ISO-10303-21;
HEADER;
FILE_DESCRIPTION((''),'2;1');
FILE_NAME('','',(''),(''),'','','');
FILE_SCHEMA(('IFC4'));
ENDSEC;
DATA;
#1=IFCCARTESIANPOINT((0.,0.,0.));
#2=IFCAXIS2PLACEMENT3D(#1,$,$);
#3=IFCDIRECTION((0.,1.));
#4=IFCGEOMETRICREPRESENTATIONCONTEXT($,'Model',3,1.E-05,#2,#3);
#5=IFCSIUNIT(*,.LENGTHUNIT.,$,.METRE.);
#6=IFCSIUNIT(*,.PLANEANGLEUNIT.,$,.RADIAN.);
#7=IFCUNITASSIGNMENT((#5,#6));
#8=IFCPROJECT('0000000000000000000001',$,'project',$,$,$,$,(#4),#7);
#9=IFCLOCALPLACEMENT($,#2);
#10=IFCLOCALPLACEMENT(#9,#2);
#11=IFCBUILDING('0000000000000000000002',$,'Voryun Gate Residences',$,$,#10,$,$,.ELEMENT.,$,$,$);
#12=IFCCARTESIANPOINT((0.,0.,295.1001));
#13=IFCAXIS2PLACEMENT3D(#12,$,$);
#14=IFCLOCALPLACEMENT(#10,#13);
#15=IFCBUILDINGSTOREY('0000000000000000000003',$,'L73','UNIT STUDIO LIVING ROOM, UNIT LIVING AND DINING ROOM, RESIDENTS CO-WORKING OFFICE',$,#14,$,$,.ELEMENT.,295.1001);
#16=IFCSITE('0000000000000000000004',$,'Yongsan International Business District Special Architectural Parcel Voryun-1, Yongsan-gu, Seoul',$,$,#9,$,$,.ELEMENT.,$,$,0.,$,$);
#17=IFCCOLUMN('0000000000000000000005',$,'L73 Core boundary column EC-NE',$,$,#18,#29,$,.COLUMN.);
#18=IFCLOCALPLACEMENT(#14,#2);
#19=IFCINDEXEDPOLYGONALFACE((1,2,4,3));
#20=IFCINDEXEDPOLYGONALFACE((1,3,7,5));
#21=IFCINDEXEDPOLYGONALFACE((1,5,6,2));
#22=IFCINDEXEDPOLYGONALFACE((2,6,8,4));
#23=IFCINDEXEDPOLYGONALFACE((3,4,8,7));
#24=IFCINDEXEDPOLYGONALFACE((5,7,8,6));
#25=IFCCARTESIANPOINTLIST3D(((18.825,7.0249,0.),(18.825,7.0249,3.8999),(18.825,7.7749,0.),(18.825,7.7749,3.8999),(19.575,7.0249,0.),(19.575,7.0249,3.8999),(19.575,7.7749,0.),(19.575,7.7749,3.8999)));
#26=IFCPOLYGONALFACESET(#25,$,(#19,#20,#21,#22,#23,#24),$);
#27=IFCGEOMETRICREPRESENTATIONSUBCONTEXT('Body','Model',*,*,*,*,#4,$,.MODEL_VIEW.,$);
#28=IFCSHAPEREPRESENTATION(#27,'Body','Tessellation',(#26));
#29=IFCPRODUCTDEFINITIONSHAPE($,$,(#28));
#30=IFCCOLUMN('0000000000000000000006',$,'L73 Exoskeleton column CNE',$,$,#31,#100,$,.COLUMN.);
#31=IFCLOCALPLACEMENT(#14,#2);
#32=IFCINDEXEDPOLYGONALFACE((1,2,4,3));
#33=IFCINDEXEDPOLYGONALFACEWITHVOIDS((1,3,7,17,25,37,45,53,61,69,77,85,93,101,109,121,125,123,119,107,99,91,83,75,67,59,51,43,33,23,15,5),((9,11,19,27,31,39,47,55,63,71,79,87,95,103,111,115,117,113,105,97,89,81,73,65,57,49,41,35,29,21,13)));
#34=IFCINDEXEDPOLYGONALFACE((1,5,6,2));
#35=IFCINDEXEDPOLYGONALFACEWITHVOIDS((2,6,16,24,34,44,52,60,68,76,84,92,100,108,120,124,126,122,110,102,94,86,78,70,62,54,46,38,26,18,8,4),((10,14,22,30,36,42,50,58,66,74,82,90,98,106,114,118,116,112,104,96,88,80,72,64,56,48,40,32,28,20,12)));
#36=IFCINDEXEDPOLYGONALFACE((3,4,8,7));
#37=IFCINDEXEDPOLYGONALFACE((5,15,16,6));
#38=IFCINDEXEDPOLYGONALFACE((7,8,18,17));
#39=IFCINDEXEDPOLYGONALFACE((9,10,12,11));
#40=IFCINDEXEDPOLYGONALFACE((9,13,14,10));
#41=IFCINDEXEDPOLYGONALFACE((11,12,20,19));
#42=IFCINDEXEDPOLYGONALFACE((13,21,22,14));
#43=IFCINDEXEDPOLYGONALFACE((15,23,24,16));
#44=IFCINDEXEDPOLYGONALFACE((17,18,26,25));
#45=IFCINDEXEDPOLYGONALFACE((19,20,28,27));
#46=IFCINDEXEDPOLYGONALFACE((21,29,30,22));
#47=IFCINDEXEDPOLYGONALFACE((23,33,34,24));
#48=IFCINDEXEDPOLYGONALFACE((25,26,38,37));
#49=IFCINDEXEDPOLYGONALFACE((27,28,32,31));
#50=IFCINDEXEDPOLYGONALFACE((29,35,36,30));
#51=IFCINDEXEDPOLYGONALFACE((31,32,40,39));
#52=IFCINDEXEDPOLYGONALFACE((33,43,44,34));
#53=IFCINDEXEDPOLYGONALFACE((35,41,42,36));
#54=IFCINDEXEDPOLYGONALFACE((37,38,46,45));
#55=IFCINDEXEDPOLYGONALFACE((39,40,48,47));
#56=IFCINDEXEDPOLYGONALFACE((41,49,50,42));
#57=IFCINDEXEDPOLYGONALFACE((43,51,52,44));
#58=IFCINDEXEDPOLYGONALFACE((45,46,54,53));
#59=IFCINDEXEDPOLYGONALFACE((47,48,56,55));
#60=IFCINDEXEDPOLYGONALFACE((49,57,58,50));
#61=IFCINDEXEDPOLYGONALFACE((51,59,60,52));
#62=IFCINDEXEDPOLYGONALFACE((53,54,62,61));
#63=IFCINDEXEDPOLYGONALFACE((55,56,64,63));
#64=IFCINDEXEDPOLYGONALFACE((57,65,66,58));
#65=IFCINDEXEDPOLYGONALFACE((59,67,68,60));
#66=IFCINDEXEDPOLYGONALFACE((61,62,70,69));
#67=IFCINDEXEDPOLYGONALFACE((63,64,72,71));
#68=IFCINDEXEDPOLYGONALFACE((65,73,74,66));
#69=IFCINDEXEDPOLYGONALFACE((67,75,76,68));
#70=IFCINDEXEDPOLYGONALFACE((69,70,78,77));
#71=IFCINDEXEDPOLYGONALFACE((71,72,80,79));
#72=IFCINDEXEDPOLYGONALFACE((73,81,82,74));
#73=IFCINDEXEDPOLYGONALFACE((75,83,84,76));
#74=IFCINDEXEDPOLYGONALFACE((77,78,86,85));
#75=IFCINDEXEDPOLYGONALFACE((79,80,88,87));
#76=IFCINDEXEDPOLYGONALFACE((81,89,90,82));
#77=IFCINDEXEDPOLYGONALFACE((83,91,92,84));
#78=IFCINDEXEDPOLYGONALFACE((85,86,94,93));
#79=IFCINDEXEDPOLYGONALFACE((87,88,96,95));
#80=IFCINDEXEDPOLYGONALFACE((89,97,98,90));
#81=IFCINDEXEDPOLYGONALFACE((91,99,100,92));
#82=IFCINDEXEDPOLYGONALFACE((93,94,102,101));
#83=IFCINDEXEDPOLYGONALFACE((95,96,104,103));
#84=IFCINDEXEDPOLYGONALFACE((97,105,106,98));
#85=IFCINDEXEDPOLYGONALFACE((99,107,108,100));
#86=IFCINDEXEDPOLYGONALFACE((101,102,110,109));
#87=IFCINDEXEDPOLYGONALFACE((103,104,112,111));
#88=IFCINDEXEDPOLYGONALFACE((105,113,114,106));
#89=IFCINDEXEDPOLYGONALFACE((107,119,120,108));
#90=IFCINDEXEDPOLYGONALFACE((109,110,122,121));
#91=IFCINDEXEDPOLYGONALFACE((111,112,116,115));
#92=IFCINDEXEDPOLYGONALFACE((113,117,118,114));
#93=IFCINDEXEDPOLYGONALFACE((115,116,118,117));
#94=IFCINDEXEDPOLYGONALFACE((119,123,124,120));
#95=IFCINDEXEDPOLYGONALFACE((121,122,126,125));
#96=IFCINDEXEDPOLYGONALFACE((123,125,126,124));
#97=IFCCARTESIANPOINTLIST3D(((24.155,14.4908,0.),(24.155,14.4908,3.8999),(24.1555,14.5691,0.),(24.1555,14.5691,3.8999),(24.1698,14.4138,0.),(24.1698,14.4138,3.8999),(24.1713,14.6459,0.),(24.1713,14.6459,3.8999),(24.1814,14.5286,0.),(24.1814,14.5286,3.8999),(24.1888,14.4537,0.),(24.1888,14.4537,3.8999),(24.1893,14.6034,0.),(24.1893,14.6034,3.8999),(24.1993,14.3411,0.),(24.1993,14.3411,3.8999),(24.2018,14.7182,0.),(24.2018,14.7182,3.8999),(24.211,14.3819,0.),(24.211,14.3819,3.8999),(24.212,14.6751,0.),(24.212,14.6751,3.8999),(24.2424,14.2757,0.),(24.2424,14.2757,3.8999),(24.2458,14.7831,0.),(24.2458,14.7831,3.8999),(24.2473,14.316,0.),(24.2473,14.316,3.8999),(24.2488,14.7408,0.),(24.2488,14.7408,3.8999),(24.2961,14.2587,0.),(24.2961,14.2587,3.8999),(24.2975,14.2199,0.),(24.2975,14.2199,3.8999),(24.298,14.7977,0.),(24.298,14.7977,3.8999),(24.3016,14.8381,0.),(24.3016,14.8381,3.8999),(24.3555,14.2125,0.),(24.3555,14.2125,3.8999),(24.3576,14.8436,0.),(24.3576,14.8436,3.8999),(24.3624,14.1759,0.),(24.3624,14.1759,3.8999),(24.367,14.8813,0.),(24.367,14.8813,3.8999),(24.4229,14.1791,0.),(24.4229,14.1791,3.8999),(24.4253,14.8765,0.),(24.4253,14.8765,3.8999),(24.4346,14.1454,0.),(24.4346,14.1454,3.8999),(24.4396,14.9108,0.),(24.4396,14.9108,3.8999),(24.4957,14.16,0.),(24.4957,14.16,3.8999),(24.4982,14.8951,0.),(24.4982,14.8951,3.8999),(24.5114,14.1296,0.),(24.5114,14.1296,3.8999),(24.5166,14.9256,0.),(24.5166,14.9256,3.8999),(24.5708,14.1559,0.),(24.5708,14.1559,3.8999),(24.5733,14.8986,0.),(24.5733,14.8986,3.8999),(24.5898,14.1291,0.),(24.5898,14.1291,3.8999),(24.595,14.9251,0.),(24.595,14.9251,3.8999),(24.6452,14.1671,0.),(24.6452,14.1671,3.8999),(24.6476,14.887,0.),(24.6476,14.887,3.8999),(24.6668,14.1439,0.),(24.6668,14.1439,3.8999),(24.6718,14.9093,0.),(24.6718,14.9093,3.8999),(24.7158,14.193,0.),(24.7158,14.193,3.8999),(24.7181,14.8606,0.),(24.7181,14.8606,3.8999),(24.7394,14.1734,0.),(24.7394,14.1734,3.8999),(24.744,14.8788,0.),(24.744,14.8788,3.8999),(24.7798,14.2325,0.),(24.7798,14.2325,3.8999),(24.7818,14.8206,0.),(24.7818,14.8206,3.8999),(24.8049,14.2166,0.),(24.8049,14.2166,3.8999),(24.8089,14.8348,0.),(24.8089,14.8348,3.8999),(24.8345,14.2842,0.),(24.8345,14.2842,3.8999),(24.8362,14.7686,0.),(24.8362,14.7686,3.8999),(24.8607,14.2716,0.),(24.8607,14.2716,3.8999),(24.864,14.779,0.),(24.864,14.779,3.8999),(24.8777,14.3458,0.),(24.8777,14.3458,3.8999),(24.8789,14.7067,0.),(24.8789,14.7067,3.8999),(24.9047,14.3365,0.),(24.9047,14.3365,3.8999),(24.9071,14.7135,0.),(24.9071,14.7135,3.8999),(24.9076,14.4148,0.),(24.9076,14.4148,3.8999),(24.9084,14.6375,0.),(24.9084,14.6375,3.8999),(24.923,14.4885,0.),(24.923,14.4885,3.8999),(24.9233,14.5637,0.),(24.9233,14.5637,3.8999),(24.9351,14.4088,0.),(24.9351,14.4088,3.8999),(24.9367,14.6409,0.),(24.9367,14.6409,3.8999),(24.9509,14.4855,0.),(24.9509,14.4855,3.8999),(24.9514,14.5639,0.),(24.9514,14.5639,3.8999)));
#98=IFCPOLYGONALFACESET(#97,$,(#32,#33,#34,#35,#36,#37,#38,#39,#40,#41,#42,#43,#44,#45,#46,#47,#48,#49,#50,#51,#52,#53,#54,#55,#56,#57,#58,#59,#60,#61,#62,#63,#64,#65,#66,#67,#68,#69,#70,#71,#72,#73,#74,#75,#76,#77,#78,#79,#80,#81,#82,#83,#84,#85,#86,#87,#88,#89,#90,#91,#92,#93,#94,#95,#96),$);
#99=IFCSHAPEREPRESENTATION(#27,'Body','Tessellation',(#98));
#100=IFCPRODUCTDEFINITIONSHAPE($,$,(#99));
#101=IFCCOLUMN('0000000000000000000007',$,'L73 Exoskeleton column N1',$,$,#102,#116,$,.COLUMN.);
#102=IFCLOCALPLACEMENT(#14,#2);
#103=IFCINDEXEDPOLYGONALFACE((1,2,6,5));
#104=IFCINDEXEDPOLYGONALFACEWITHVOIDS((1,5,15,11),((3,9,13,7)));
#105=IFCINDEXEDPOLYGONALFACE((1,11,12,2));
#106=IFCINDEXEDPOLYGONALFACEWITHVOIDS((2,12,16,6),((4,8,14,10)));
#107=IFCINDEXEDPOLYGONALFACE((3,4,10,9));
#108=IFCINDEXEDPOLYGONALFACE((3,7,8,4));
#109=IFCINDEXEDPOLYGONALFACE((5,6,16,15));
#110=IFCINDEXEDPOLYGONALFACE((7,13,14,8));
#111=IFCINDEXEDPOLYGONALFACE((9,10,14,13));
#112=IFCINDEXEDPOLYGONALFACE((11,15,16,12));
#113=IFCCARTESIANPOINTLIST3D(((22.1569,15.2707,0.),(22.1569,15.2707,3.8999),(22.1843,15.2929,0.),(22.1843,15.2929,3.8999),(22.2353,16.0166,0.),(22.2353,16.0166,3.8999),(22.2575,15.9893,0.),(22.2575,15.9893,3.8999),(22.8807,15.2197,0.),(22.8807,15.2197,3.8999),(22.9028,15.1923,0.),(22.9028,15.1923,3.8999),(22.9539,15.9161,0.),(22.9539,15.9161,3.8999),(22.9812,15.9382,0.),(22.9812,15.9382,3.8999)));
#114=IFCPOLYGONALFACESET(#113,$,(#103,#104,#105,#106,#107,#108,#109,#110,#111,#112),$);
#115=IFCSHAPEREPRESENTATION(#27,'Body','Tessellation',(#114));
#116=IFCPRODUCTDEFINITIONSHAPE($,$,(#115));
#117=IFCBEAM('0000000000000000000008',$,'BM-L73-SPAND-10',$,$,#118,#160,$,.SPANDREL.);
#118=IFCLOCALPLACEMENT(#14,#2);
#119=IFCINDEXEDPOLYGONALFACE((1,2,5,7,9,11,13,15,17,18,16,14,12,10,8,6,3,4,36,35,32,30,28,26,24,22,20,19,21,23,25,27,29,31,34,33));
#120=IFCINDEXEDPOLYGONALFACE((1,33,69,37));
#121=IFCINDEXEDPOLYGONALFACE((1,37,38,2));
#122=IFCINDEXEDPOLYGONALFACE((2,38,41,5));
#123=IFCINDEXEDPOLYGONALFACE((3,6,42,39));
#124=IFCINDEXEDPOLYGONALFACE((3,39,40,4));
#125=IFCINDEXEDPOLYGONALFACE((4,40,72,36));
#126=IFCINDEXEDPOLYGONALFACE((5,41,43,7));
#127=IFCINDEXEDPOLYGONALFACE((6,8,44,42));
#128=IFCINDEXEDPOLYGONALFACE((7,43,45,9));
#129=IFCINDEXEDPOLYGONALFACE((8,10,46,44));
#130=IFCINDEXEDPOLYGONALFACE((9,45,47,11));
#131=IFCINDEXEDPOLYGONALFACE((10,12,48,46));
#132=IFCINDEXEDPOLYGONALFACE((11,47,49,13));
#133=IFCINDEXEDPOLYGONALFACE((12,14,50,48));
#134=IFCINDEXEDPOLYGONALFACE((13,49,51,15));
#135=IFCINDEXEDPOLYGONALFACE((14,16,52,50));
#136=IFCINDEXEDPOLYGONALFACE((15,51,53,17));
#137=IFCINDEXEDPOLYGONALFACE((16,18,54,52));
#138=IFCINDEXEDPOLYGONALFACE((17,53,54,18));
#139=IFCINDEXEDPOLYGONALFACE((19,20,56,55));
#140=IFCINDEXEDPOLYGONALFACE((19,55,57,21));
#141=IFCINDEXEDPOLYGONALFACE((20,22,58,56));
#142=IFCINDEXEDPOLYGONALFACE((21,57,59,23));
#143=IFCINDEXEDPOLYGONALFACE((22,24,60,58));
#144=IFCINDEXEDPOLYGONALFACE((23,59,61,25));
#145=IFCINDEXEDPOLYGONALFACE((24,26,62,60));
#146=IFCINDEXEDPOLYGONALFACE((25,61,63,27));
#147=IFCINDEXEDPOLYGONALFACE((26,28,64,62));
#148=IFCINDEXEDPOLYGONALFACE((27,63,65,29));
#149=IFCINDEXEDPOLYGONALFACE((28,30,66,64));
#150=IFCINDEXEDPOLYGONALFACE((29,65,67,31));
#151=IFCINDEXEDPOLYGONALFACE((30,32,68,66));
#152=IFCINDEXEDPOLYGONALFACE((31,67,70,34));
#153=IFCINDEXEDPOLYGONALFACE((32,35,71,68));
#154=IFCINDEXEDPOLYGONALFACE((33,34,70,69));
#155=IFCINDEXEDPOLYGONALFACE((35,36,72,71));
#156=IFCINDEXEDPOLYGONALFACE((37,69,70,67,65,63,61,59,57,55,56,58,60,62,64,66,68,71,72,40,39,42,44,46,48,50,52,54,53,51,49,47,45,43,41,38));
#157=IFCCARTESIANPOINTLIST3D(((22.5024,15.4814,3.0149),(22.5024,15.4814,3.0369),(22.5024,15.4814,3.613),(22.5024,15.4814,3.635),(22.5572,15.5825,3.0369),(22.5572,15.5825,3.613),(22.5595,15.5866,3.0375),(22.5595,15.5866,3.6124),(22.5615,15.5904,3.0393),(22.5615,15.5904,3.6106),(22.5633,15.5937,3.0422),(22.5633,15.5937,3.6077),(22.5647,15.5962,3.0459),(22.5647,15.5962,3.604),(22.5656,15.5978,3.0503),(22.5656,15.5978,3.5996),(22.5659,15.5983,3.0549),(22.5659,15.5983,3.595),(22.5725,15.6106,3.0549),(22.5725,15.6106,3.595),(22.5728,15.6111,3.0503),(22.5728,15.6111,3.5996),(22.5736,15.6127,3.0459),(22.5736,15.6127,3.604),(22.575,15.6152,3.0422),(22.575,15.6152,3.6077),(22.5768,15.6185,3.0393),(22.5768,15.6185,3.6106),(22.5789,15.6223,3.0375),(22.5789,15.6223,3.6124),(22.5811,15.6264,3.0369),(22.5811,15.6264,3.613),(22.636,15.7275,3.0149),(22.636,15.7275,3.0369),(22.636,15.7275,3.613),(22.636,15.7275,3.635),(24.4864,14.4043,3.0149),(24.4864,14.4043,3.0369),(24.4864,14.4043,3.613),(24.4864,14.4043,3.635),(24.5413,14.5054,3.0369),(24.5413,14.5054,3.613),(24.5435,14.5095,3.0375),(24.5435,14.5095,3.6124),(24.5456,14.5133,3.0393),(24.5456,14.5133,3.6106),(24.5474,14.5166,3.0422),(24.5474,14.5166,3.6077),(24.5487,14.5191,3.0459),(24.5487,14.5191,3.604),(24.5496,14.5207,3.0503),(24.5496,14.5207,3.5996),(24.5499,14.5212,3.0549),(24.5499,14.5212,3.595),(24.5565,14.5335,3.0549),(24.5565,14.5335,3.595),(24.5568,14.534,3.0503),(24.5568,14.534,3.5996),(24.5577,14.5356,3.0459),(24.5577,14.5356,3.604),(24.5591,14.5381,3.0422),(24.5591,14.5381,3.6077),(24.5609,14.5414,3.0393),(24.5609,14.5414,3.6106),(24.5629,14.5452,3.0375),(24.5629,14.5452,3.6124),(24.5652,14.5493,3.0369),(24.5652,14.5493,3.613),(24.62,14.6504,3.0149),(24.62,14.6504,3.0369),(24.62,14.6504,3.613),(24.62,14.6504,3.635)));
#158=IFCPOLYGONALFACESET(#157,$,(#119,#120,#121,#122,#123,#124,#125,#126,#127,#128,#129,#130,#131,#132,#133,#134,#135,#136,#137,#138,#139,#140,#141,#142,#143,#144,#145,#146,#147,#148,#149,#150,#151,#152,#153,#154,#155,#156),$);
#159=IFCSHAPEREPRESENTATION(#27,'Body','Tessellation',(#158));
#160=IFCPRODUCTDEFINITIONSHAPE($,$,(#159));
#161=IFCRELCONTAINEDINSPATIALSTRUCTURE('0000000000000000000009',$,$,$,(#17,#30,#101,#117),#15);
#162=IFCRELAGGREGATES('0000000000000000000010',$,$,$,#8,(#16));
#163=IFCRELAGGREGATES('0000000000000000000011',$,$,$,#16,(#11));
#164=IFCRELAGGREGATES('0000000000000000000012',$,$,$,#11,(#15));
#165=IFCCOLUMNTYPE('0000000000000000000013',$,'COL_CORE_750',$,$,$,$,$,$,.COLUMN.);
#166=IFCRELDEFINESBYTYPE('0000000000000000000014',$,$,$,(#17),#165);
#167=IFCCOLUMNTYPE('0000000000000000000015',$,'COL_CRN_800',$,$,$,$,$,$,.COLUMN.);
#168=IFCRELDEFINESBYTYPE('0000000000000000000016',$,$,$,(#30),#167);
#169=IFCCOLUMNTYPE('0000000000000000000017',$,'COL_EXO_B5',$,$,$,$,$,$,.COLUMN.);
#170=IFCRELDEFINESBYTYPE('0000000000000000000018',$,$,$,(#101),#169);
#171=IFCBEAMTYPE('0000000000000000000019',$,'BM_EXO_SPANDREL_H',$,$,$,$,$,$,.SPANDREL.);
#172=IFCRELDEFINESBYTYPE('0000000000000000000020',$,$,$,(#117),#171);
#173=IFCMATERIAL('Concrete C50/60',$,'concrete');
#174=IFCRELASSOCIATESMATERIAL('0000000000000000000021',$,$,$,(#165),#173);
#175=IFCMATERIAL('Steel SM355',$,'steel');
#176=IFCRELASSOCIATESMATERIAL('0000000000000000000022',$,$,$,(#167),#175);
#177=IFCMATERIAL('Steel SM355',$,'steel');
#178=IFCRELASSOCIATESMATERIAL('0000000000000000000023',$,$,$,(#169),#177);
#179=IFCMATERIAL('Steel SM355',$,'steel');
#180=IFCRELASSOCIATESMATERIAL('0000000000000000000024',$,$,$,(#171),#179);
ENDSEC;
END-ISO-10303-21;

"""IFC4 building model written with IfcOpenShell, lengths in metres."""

from ifc_helpers import new_model, si_unit, direction, frame, origin, origin_2d, place, context, subcontext, project, spatial, rectangle, hollow_rectangle, hollow_circle, i_section, extrude, material, material_profile, profile_set, type_object, element, save


model = new_model("IFC4")

# Units and contexts
model_context = context("Model", 3, precision=1e-05, world=origin(), true_north=direction((0.0, 1.0)))
body_context = subcontext(model_context, "Body", "Model", "MODEL_VIEW")
ifc_project = project(units=[si_unit("LENGTHUNIT", "METRE"), si_unit("PLANEANGLEUNIT", "RADIAN")], contexts=[model_context])

# Site, building, storey
site_placement = place(None, origin())
site = spatial("IfcSite", under=ifc_project, at=site_placement, Name="Yongsan International Business District Special Architectural Parcel Voryun-1, Yongsan-gu, Seoul", CompositionType="ELEMENT", RefElevation=0.0)
building_placement = place(site_placement, origin())
building = spatial("IfcBuilding", under=site, at=building_placement, Name="Voryun Gate Residences", CompositionType="ELEMENT")
storey_placement = place(building_placement, frame((0.0, 0.0, 295.1001)))
storey = spatial("IfcBuildingStorey", under=building, at=storey_placement, Name="L73", Description="UNIT STUDIO LIVING ROOM, UNIT LIVING AND DINING ROOM, RESIDENTS CO-WORKING OFFICE", CompositionType="ELEMENT", Elevation=295.1001)

# Columns
ifc_material_1 = material(Name="Concrete C50/60", Category="concrete")
ifc_material_profile_1 = material_profile(ifc_material_1, rectangle(XDim=0.75, YDim=0.75, at=origin_2d()), Name="RC-750x750")
ifc_profile_set_1 = profile_set([ifc_material_profile_1], Name="Concrete C50/60")
column_type_1 = type_object("IfcColumnType", Name="COL_CORE_750", PredefinedType="COLUMN", material=ifc_profile_set_1)
column_1_placement = place(storey_placement, frame((19.2, 7.3999, 0.0), z_axis=(0.0, 0.0, 1.0), x_axis=(1.0, 0.0, 0.0)))
element("IfcColumn", 1, at=column_1_placement, inside=storey, type_object=column_type_1, Name="L73 Core boundary column EC-NE", PredefinedType="COLUMN", context=body_context, shape_type="SweptSolid", body=[
    extrude(rectangle(XDim=0.75, YDim=0.75, at=origin_2d()), origin(), (0.0, 0.0, 1.0), 3.8999),
])
ifc_material_2 = material(Name="Steel SM355", Category="steel")
ifc_material_profile_2 = material_profile(ifc_material_2, hollow_circle(Radius=0.3999, WallThickness=0.0281, at=origin_2d()), Name="CHS-800x28")
ifc_profile_set_2 = profile_set([ifc_material_profile_2], Name="Steel SM355")
column_type_2 = type_object("IfcColumnType", Name="COL_CRN_800", PredefinedType="COLUMN", material=ifc_profile_set_2)
column_2_placement = place(storey_placement, frame((24.5532, 14.5273, 0.0), z_axis=(0.0, 0.0, 1.0), x_axis=(0.994522, -0.104528, 0.0)))
element("IfcColumn", 2, at=column_2_placement, inside=storey, type_object=column_type_2, Name="L73 Exoskeleton column CNE", PredefinedType="COLUMN", context=body_context, shape_type="SweptSolid", body=[
    extrude(hollow_circle(Radius=0.3999, WallThickness=0.0281, at=origin_2d()), origin(), (0.0, 0.0, 1.0), 3.8999),
])
ifc_material_3 = material(Name="Steel SM355", Category="steel")
ifc_material_profile_3 = material_profile(ifc_material_3, hollow_rectangle(XDim=0.75, YDim=0.75, WallThickness=0.0249, at=origin_2d()), Name="BOX-750x750x25")
ifc_profile_set_3 = profile_set([ifc_material_profile_3], Name="Steel SM355")
column_type_3 = type_object("IfcColumnType", Name="COL_EXO_B5", PredefinedType="COLUMN", material=ifc_profile_set_3)
column_3_placement = place(storey_placement, frame((22.5691, 15.6045, 0.0), z_axis=(0.0, 0.0, 1.0), x_axis=(0.994522, -0.104528, 0.0)))
element("IfcColumn", 3, at=column_3_placement, inside=storey, type_object=column_type_3, Name="L73 Exoskeleton column N1", PredefinedType="COLUMN", context=body_context, shape_type="SweptSolid", body=[
    extrude(hollow_rectangle(XDim=0.75, YDim=0.75, WallThickness=0.0249, at=origin_2d()), origin(), (0.0, 0.0, 1.0), 3.8999),
])

# Beam
ifc_material_4 = material(Name="Steel SM355", Category="steel")
ifc_material_profile_4 = material_profile(ifc_material_4, i_section(OverallWidth=0.28, OverallDepth=0.6201, WebThickness=0.0139, FlangeThickness=0.022, FilletRadius=0.0181, at=origin_2d()), Name="H-620x280x14x22")
ifc_profile_set_4 = profile_set([ifc_material_profile_4], Name="Steel SM355")
beam_type_1 = type_object("IfcBeamType", Name="BM_EXO_SPANDREL_H", PredefinedType="SPANDREL", material=ifc_profile_set_4)
beam_1_placement = place(storey_placement, frame((24.5532, 14.5273, 3.325), z_axis=(-0.878844, 0.477109, 0.0), x_axis=(-0.477109, -0.878844, 0.0)))
element("IfcBeam", 4, at=beam_1_placement, inside=storey, type_object=beam_type_1, Name="BM-L73-SPAND-10", PredefinedType="SPANDREL", context=body_context, shape_type="SweptSolid", body=[
    extrude(i_section(OverallWidth=0.28, OverallDepth=0.6201, WebThickness=0.0139, FlangeThickness=0.022, FilletRadius=0.0181, at=origin_2d()), origin(), (0.0, 0.0, 1.0), 2.2576),
])

save(model, "model.ifc")
